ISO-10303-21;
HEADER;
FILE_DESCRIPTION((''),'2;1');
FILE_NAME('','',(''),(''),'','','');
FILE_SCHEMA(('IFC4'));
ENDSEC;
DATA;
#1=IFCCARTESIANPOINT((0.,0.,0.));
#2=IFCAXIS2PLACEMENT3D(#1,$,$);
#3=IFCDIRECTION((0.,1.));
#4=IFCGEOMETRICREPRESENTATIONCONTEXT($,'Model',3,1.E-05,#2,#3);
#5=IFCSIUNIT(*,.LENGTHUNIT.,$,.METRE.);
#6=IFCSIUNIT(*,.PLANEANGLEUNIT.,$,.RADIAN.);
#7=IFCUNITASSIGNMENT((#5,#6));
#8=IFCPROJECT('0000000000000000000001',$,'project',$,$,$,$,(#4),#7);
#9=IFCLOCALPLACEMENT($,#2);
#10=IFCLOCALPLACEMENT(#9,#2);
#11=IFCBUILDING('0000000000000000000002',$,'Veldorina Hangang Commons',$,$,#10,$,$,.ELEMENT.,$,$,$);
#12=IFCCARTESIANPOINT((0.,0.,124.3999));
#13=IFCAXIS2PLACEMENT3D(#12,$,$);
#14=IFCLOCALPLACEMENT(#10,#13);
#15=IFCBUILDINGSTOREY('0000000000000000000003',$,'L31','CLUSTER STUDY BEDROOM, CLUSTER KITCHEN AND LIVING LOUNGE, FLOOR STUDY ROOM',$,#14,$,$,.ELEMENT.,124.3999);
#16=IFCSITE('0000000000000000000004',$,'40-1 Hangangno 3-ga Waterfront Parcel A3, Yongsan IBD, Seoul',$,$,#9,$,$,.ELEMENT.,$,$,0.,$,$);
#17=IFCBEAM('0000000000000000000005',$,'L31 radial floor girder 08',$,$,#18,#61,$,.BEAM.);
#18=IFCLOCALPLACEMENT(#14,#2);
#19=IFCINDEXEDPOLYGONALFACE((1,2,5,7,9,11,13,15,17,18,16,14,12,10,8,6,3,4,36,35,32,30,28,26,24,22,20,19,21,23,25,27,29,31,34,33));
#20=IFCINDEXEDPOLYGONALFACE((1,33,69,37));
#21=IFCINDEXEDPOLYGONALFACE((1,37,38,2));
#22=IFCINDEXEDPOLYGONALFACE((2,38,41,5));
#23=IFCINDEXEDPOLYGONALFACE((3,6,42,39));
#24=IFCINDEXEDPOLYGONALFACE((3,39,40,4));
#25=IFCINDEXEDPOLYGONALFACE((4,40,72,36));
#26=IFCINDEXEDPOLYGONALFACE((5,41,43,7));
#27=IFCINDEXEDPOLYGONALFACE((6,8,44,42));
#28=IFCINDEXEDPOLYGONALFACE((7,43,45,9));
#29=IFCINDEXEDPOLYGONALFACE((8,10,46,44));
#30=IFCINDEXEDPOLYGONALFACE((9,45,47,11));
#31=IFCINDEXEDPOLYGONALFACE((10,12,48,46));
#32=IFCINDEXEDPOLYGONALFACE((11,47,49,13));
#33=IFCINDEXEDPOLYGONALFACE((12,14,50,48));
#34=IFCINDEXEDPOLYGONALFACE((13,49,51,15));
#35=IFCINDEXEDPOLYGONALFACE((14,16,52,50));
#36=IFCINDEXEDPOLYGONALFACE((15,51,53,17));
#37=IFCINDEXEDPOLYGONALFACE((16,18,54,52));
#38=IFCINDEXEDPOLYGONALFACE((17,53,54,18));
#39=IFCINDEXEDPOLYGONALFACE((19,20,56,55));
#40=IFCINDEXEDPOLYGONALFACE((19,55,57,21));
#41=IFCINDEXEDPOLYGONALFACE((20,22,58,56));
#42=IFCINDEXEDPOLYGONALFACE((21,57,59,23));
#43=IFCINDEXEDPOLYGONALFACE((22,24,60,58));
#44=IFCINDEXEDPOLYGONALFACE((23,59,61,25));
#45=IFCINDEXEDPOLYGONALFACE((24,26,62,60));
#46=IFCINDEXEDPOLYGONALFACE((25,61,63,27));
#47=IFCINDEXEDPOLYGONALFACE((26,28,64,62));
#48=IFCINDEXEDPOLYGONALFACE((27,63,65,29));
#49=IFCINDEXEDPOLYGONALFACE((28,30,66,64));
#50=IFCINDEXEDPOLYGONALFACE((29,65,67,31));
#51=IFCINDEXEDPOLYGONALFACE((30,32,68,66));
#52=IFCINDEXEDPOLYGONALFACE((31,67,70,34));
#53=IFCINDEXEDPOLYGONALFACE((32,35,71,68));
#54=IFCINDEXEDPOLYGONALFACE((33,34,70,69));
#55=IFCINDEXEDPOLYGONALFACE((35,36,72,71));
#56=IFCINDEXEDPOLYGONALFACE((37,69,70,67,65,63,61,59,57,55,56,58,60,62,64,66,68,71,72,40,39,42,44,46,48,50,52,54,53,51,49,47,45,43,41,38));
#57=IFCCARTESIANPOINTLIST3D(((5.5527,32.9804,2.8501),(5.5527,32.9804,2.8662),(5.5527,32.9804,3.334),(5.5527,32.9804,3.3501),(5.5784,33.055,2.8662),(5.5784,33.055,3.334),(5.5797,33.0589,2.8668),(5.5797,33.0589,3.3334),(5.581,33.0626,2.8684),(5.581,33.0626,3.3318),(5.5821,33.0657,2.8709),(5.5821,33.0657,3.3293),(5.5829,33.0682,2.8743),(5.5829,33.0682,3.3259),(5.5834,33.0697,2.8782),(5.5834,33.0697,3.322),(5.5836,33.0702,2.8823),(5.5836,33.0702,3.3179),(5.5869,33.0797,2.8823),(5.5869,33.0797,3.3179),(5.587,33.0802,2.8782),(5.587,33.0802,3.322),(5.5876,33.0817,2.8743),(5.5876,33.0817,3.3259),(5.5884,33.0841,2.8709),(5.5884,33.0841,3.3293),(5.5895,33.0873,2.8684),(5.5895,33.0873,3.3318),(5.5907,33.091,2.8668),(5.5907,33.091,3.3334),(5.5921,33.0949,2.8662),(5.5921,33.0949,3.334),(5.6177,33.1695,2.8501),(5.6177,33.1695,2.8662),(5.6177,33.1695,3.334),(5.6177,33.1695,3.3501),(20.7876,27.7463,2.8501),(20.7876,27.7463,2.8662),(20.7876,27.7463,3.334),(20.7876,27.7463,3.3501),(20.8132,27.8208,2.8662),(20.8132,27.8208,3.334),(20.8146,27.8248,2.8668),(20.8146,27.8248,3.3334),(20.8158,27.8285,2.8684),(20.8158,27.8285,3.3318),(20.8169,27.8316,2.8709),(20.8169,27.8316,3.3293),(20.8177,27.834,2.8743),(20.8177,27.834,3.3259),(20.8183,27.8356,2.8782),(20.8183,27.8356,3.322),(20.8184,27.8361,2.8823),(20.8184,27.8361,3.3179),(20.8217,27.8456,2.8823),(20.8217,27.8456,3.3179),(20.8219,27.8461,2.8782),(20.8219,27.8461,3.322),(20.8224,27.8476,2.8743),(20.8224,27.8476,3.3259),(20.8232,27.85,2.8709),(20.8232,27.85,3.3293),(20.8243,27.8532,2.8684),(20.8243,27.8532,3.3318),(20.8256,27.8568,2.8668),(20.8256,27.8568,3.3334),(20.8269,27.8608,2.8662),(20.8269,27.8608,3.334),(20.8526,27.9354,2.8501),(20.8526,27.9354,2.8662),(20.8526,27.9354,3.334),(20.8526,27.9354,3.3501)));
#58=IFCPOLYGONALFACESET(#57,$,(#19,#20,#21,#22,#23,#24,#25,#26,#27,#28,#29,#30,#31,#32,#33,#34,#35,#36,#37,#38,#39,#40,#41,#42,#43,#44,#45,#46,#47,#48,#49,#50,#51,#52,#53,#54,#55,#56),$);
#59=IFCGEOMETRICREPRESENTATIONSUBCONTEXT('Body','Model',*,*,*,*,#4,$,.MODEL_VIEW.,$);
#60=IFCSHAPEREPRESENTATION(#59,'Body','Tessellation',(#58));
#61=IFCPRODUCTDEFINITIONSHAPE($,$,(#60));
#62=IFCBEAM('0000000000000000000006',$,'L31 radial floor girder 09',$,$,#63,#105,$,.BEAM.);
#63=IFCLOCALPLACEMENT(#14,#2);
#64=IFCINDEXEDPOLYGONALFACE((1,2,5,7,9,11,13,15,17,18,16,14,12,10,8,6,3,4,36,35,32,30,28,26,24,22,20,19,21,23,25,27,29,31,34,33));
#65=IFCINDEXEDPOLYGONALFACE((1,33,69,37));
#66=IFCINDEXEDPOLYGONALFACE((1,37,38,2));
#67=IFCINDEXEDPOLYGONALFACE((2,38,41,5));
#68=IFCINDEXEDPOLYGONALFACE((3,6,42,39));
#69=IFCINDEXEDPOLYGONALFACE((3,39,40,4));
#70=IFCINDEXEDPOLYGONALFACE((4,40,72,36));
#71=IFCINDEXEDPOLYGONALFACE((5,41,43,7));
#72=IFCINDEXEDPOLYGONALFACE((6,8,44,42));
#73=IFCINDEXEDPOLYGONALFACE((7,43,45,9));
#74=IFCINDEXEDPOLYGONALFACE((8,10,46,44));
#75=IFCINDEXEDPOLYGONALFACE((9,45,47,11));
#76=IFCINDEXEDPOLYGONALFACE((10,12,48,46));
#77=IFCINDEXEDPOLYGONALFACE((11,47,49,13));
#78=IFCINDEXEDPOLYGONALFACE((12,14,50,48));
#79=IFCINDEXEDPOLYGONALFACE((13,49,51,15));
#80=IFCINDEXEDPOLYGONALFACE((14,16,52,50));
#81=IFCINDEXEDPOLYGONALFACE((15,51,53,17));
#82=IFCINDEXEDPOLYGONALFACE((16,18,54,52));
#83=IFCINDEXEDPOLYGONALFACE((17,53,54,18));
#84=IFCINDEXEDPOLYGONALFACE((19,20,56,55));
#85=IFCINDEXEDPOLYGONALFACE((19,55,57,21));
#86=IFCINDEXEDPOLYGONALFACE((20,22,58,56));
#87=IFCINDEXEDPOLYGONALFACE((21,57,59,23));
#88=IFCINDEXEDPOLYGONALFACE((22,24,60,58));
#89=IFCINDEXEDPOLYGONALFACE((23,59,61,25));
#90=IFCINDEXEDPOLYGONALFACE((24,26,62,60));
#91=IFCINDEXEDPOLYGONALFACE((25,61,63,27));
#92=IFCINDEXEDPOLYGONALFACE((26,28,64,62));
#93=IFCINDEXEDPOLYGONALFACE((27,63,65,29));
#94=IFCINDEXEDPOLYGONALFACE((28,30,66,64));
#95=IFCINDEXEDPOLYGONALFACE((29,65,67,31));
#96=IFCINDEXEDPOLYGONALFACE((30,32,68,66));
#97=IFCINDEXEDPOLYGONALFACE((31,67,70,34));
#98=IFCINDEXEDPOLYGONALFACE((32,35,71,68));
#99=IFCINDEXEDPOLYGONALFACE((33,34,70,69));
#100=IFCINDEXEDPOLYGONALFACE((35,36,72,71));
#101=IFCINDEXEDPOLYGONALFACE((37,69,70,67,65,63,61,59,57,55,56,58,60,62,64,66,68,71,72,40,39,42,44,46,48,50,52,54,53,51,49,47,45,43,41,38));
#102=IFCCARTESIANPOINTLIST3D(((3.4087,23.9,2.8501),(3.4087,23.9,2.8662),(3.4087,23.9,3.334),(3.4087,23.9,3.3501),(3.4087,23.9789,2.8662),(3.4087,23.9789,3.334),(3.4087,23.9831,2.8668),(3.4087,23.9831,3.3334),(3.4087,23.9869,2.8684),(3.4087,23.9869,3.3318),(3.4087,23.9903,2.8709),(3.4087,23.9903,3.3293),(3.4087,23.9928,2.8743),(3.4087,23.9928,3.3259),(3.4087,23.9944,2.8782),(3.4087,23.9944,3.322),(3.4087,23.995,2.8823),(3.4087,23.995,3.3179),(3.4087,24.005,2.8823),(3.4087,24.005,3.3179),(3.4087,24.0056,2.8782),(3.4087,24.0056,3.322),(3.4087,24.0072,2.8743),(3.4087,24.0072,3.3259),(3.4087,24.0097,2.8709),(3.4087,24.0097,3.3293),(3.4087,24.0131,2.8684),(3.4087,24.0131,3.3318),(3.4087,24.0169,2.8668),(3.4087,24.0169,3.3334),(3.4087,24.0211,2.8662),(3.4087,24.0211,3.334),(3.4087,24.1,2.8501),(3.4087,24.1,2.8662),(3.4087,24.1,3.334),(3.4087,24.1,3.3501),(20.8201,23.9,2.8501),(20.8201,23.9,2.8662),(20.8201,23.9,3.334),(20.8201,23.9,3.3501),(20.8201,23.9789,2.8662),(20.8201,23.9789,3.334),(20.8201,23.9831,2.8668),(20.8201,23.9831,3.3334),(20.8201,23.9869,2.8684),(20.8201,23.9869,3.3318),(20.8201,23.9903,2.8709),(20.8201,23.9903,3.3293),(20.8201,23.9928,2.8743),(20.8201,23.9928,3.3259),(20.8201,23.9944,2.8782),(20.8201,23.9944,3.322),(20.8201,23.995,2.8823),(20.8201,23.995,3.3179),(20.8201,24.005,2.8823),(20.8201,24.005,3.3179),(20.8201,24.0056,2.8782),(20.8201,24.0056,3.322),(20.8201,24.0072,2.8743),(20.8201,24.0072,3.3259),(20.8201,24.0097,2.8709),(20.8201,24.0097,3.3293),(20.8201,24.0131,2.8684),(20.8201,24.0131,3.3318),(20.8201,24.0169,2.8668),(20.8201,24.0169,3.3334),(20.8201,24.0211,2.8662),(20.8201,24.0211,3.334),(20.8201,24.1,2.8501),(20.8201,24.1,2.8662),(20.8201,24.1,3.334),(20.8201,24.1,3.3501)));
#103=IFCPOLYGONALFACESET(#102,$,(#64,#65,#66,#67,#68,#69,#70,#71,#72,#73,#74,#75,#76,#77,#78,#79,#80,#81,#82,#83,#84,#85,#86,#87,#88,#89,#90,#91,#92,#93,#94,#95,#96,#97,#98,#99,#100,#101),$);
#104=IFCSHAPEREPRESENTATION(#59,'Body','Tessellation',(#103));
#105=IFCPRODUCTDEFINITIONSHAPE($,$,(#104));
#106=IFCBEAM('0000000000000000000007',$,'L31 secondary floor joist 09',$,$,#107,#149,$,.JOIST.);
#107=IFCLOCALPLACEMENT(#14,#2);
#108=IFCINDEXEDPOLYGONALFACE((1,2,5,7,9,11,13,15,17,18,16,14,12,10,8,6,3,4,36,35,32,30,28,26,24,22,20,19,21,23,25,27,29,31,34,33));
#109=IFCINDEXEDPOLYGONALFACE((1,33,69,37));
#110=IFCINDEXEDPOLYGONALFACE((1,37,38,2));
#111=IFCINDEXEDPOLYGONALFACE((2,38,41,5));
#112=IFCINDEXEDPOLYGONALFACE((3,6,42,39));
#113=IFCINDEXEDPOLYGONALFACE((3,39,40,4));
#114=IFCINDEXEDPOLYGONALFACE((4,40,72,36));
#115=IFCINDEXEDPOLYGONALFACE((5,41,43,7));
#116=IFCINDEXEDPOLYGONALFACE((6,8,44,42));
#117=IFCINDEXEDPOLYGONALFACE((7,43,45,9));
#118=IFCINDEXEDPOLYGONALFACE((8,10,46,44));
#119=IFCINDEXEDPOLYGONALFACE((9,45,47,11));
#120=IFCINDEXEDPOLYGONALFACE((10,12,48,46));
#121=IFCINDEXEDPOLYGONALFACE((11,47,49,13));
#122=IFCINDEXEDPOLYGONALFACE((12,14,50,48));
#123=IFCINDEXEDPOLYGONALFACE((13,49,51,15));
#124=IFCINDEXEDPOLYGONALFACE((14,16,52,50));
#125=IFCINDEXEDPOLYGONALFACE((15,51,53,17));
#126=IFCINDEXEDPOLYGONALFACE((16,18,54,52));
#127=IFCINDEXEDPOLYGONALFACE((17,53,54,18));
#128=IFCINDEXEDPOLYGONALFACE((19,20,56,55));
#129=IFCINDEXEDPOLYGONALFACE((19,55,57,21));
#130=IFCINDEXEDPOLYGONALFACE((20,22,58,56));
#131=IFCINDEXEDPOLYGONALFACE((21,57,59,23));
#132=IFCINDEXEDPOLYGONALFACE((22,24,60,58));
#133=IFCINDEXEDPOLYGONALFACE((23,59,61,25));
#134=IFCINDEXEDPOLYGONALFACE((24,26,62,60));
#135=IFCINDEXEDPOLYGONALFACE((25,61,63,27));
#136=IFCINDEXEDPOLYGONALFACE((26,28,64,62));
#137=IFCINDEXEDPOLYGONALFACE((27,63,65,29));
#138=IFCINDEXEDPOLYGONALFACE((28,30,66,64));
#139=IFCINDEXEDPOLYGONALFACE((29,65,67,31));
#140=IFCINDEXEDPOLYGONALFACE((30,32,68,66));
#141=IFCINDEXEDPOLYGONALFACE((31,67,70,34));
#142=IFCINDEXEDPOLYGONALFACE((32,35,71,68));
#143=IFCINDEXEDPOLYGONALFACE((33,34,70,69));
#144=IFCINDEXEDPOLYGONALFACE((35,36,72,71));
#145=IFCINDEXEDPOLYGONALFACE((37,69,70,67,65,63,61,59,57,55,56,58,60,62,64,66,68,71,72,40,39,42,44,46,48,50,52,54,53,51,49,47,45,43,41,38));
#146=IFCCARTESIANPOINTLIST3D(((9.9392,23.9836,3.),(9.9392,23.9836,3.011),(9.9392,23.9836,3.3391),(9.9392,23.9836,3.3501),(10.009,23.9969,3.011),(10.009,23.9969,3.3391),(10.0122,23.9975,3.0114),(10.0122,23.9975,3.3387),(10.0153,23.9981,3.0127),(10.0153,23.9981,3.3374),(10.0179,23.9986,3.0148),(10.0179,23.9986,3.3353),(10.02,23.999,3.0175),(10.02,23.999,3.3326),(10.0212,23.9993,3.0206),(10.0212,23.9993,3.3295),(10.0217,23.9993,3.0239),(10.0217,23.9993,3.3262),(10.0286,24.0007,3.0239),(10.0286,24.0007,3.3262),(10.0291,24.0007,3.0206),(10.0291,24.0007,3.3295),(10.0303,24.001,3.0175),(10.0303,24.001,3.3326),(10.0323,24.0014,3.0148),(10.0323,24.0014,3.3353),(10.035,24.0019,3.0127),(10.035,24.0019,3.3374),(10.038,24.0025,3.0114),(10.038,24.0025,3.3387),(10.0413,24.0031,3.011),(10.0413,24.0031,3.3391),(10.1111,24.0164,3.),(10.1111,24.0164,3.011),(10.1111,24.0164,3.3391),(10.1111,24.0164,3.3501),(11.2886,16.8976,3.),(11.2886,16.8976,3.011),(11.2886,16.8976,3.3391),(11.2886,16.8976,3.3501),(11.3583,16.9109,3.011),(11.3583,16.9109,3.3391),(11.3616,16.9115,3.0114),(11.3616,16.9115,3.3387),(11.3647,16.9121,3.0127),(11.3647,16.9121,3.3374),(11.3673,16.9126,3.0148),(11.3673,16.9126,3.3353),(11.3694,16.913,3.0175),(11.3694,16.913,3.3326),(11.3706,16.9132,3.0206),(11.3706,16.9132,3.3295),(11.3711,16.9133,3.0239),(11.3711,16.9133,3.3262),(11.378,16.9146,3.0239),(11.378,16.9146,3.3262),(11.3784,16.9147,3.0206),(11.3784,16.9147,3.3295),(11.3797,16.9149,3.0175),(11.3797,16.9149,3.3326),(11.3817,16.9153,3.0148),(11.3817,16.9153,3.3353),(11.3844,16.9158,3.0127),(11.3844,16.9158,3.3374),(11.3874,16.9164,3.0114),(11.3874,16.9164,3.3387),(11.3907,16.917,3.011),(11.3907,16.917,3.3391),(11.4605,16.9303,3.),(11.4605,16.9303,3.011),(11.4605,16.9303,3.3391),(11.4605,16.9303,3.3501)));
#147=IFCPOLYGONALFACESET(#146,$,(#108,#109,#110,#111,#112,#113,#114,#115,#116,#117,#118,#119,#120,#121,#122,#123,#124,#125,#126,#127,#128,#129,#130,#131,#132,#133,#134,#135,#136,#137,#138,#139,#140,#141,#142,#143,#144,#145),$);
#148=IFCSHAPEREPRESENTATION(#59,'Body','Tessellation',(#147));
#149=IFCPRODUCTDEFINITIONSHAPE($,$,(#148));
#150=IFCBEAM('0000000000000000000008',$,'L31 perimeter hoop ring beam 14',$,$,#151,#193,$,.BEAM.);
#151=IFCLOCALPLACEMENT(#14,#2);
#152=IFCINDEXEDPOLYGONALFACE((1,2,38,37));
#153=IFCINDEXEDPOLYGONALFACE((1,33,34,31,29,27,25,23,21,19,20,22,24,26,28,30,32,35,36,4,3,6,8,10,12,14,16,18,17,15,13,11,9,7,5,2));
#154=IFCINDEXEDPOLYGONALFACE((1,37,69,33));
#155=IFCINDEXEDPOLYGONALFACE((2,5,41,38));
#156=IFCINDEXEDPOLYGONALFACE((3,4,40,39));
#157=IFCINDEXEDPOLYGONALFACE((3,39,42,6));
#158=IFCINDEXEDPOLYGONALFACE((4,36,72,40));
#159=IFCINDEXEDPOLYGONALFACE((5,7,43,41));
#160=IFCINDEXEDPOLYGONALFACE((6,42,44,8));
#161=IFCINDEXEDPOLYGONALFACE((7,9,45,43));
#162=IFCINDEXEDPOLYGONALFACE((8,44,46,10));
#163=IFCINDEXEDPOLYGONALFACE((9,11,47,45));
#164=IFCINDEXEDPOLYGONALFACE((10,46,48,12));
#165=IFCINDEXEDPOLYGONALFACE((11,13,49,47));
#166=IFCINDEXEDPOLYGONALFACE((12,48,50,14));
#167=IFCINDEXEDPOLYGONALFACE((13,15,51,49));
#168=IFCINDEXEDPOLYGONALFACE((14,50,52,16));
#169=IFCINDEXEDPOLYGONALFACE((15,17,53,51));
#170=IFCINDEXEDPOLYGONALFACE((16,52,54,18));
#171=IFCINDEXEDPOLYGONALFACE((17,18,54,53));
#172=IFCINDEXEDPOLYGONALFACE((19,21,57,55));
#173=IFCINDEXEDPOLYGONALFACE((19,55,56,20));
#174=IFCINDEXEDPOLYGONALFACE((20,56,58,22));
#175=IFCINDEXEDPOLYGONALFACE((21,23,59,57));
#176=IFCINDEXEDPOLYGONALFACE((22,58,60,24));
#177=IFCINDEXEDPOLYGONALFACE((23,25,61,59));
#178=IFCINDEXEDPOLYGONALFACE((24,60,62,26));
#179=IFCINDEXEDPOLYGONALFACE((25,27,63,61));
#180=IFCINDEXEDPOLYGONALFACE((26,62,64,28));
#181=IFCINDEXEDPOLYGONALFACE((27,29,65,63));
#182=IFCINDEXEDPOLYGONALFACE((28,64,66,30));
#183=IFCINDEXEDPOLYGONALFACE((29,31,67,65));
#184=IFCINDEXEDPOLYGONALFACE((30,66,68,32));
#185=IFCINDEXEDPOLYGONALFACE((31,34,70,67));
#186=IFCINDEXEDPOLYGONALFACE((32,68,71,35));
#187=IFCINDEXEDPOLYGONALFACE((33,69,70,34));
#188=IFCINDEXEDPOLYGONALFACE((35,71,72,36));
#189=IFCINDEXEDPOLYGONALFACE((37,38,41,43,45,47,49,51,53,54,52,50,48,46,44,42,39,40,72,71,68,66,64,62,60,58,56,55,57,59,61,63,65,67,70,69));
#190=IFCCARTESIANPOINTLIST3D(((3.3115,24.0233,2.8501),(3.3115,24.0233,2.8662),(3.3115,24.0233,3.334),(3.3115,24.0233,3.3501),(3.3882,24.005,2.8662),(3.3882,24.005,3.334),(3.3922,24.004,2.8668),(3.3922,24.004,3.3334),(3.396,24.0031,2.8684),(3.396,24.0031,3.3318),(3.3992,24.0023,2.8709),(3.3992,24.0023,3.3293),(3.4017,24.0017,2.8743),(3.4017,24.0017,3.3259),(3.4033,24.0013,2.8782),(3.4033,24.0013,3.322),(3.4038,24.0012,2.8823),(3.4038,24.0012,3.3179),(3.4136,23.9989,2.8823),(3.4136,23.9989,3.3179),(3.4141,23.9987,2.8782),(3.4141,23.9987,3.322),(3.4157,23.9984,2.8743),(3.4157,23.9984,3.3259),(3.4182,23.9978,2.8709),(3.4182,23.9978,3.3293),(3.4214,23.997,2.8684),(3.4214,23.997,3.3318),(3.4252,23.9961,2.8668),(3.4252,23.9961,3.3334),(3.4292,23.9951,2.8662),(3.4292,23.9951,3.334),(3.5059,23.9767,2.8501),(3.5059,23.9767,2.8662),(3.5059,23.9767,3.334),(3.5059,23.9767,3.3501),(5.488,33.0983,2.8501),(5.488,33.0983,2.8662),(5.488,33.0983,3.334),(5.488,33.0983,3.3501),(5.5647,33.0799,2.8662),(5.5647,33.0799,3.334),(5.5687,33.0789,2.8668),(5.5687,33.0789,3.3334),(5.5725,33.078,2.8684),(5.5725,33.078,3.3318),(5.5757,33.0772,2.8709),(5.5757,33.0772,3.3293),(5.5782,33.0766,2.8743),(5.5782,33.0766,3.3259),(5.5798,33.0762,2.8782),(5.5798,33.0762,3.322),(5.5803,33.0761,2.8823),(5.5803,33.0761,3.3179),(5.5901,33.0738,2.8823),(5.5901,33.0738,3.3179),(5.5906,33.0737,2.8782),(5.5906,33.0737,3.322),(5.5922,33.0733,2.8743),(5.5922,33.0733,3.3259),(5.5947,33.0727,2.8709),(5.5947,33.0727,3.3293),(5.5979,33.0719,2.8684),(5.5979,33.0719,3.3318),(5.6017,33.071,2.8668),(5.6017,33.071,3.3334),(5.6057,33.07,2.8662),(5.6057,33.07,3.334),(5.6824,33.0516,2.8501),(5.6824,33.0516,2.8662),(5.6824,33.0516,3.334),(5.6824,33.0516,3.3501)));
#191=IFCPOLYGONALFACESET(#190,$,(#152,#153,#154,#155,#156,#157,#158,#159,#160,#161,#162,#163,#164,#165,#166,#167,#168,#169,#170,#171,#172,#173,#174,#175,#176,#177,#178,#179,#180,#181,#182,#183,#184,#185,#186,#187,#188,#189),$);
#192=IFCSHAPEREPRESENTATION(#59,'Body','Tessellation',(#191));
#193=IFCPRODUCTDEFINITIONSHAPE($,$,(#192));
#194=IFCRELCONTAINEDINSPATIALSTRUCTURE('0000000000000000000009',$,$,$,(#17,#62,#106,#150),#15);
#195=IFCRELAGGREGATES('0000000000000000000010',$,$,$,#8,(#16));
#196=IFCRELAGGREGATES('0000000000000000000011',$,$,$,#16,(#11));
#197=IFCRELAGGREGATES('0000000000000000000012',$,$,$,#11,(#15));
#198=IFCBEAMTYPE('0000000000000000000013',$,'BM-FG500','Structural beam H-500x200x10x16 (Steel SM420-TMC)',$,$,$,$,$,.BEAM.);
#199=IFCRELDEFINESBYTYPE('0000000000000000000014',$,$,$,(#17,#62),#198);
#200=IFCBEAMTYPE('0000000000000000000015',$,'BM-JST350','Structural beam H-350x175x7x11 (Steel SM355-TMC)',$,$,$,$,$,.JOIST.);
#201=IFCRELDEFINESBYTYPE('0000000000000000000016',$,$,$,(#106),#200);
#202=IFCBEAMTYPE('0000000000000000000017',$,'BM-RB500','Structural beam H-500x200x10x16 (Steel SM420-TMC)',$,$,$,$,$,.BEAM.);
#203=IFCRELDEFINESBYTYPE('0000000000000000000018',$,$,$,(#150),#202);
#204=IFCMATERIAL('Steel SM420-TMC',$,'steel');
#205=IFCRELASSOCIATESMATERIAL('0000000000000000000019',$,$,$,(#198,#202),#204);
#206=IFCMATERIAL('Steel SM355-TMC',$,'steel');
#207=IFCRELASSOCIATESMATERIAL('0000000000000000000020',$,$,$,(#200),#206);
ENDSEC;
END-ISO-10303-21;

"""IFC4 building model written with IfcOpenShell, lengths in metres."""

from ifc_helpers import new_model, si_unit, direction, frame, origin, origin_2d, place, context, subcontext, project, spatial, i_section, extrude, material, material_profile, profile_set, type_object, element, save


model = new_model("IFC4")

# Units and contexts
model_context = context("Model", 3, precision=1e-05, world=origin(), true_north=direction((0.0, 1.0)))
body_context = subcontext(model_context, "Body", "Model", "MODEL_VIEW")
ifc_project = project(units=[si_unit("LENGTHUNIT", "METRE"), si_unit("PLANEANGLEUNIT", "RADIAN")], contexts=[model_context])

# Site, building, storey
site_placement = place(None, origin())
site = spatial("IfcSite", under=ifc_project, at=site_placement, Name="40-1 Hangangno 3-ga Waterfront Parcel A3, Yongsan IBD, Seoul", CompositionType="ELEMENT", RefElevation=0.0)
building_placement = place(site_placement, origin())
building = spatial("IfcBuilding", under=site, at=building_placement, Name="Veldorina Hangang Commons", CompositionType="ELEMENT")
storey_placement = place(building_placement, frame((0.0, 0.0, 124.3999)))
storey = spatial("IfcBuildingStorey", under=building, at=storey_placement, Name="L31", Description="CLUSTER STUDY BEDROOM, CLUSTER KITCHEN AND LIVING LOUNGE, FLOOR STUDY ROOM", CompositionType="ELEMENT", Elevation=124.3999)

# Beams
ifc_material_1 = material(Name="Steel SM420-TMC", Category="steel")
ifc_material_profile_1 = material_profile(ifc_material_1, i_section(OverallWidth=0.2, OverallDepth=0.5, WebThickness=0.01, FlangeThickness=0.0161, FilletRadius=0.0161, at=origin_2d()), Name="H-500x200x10x16")
ifc_profile_set_1 = profile_set([ifc_material_profile_1], Name="Steel SM420-TMC")
beam_type_1 = type_object("IfcBeamType", Name="BM-FG500", Description="Structural beam H-500x200x10x16 (Steel SM420-TMC)", PredefinedType="BEAM", material=ifc_profile_set_1)
beam_1_placement = place(storey_placement, frame((20.8201, 27.8408, 3.1001), z_axis=(-0.945741, 0.324921, 0.0), x_axis=(-0.324921, -0.945741, 0.0)))
element("IfcBeam", 1, at=beam_1_placement, inside=storey, type_object=beam_type_1, Name="L31 radial floor girder 08", PredefinedType="BEAM", context=body_context, shape_type="SweptSolid", body=[
    extrude(i_section(OverallWidth=0.2, OverallDepth=0.5, WebThickness=0.01, FlangeThickness=0.0161, FilletRadius=0.0161, at=origin_2d()), origin(), (0.0, 0.0, 1.0), 16.1089),
])
beam_2_placement = place(storey_placement, frame((20.8201, 24.0, 3.1001), z_axis=(-1.0, 0.0, 0.0), x_axis=(0.0, -1.0, 0.0)))
element("IfcBeam", 2, at=beam_2_placement, inside=storey, type_object=beam_type_1, Name="L31 radial floor girder 09", PredefinedType="BEAM", context=body_context, shape_type="SweptSolid", body=[
    extrude(i_section(OverallWidth=0.2, OverallDepth=0.5, WebThickness=0.01, FlangeThickness=0.0161, FilletRadius=0.0161, at=origin_2d()), origin(), (0.0, 0.0, 1.0), 17.4114),
])
ifc_material_2 = material(Name="Steel SM355-TMC", Category="steel")
ifc_material_profile_2 = material_profile(ifc_material_2, i_section(OverallWidth=0.175, OverallDepth=0.3501, WebThickness=0.0071, FlangeThickness=0.011, FilletRadius=0.0129, at=origin_2d()), Name="H-350x175x7x11")
ifc_profile_set_2 = profile_set([ifc_material_profile_2], Name="Steel SM355-TMC")
beam_type_2 = type_object("IfcBeamType", Name="BM-JST350", Description="Structural beam H-350x175x7x11 (Steel SM355-TMC)", PredefinedType="JOIST", material=ifc_profile_set_2)
beam_3_placement = place(storey_placement, frame((10.0251, 24.0, 3.175), z_axis=(0.187067, -0.982347, 0.0), x_axis=(0.982347, 0.187067, 0.0)))
element("IfcBeam", 3, at=beam_3_placement, inside=storey, type_object=beam_type_2, Name="L31 secondary floor joist 09", PredefinedType="JOIST", context=body_context, shape_type="SweptSolid", body=[
    extrude(i_section(OverallWidth=0.175, OverallDepth=0.3501, WebThickness=0.0071, FlangeThickness=0.011, FilletRadius=0.0129, at=origin_2d()), origin(), (0.0, 0.0, 1.0), 7.2134),
])
ifc_material_profile_3 = material_profile(ifc_material_1, i_section(OverallWidth=0.2, OverallDepth=0.5, WebThickness=0.01, FlangeThickness=0.0161, FilletRadius=0.0161, at=origin_2d()), Name="H-500x200x10x16")
ifc_profile_set_3 = profile_set([ifc_material_profile_3], Name="Steel SM420-TMC")
beam_type_3 = type_object("IfcBeamType", Name="BM-RB500", Description="Structural beam H-500x200x10x16 (Steel SM420-TMC)", PredefinedType="BEAM", material=ifc_profile_set_3)
for number, where, z_axis, x_axis, name in (
    (4, (5.5852, 33.075, 3.1001), (-0.233224, -0.972423, 0.0), (0.972423, -0.233224, 0.0), "L31 perimeter hoop ring beam 14"),
):
    element("IfcBeam", number, at=place(storey_placement, frame(where, z_axis=z_axis, x_axis=x_axis)), inside=storey, type_object=beam_type_3, Name=name, PredefinedType="BEAM", context=body_context, shape_type="SweptSolid", body=[
        extrude(i_section(OverallWidth=0.2, OverallDepth=0.5, WebThickness=0.01, FlangeThickness=0.0161, FilletRadius=0.0161, at=origin_2d()), origin(), (0.0, 0.0, 1.0), 9.3323),
    ])

save(model, "model.ifc")
